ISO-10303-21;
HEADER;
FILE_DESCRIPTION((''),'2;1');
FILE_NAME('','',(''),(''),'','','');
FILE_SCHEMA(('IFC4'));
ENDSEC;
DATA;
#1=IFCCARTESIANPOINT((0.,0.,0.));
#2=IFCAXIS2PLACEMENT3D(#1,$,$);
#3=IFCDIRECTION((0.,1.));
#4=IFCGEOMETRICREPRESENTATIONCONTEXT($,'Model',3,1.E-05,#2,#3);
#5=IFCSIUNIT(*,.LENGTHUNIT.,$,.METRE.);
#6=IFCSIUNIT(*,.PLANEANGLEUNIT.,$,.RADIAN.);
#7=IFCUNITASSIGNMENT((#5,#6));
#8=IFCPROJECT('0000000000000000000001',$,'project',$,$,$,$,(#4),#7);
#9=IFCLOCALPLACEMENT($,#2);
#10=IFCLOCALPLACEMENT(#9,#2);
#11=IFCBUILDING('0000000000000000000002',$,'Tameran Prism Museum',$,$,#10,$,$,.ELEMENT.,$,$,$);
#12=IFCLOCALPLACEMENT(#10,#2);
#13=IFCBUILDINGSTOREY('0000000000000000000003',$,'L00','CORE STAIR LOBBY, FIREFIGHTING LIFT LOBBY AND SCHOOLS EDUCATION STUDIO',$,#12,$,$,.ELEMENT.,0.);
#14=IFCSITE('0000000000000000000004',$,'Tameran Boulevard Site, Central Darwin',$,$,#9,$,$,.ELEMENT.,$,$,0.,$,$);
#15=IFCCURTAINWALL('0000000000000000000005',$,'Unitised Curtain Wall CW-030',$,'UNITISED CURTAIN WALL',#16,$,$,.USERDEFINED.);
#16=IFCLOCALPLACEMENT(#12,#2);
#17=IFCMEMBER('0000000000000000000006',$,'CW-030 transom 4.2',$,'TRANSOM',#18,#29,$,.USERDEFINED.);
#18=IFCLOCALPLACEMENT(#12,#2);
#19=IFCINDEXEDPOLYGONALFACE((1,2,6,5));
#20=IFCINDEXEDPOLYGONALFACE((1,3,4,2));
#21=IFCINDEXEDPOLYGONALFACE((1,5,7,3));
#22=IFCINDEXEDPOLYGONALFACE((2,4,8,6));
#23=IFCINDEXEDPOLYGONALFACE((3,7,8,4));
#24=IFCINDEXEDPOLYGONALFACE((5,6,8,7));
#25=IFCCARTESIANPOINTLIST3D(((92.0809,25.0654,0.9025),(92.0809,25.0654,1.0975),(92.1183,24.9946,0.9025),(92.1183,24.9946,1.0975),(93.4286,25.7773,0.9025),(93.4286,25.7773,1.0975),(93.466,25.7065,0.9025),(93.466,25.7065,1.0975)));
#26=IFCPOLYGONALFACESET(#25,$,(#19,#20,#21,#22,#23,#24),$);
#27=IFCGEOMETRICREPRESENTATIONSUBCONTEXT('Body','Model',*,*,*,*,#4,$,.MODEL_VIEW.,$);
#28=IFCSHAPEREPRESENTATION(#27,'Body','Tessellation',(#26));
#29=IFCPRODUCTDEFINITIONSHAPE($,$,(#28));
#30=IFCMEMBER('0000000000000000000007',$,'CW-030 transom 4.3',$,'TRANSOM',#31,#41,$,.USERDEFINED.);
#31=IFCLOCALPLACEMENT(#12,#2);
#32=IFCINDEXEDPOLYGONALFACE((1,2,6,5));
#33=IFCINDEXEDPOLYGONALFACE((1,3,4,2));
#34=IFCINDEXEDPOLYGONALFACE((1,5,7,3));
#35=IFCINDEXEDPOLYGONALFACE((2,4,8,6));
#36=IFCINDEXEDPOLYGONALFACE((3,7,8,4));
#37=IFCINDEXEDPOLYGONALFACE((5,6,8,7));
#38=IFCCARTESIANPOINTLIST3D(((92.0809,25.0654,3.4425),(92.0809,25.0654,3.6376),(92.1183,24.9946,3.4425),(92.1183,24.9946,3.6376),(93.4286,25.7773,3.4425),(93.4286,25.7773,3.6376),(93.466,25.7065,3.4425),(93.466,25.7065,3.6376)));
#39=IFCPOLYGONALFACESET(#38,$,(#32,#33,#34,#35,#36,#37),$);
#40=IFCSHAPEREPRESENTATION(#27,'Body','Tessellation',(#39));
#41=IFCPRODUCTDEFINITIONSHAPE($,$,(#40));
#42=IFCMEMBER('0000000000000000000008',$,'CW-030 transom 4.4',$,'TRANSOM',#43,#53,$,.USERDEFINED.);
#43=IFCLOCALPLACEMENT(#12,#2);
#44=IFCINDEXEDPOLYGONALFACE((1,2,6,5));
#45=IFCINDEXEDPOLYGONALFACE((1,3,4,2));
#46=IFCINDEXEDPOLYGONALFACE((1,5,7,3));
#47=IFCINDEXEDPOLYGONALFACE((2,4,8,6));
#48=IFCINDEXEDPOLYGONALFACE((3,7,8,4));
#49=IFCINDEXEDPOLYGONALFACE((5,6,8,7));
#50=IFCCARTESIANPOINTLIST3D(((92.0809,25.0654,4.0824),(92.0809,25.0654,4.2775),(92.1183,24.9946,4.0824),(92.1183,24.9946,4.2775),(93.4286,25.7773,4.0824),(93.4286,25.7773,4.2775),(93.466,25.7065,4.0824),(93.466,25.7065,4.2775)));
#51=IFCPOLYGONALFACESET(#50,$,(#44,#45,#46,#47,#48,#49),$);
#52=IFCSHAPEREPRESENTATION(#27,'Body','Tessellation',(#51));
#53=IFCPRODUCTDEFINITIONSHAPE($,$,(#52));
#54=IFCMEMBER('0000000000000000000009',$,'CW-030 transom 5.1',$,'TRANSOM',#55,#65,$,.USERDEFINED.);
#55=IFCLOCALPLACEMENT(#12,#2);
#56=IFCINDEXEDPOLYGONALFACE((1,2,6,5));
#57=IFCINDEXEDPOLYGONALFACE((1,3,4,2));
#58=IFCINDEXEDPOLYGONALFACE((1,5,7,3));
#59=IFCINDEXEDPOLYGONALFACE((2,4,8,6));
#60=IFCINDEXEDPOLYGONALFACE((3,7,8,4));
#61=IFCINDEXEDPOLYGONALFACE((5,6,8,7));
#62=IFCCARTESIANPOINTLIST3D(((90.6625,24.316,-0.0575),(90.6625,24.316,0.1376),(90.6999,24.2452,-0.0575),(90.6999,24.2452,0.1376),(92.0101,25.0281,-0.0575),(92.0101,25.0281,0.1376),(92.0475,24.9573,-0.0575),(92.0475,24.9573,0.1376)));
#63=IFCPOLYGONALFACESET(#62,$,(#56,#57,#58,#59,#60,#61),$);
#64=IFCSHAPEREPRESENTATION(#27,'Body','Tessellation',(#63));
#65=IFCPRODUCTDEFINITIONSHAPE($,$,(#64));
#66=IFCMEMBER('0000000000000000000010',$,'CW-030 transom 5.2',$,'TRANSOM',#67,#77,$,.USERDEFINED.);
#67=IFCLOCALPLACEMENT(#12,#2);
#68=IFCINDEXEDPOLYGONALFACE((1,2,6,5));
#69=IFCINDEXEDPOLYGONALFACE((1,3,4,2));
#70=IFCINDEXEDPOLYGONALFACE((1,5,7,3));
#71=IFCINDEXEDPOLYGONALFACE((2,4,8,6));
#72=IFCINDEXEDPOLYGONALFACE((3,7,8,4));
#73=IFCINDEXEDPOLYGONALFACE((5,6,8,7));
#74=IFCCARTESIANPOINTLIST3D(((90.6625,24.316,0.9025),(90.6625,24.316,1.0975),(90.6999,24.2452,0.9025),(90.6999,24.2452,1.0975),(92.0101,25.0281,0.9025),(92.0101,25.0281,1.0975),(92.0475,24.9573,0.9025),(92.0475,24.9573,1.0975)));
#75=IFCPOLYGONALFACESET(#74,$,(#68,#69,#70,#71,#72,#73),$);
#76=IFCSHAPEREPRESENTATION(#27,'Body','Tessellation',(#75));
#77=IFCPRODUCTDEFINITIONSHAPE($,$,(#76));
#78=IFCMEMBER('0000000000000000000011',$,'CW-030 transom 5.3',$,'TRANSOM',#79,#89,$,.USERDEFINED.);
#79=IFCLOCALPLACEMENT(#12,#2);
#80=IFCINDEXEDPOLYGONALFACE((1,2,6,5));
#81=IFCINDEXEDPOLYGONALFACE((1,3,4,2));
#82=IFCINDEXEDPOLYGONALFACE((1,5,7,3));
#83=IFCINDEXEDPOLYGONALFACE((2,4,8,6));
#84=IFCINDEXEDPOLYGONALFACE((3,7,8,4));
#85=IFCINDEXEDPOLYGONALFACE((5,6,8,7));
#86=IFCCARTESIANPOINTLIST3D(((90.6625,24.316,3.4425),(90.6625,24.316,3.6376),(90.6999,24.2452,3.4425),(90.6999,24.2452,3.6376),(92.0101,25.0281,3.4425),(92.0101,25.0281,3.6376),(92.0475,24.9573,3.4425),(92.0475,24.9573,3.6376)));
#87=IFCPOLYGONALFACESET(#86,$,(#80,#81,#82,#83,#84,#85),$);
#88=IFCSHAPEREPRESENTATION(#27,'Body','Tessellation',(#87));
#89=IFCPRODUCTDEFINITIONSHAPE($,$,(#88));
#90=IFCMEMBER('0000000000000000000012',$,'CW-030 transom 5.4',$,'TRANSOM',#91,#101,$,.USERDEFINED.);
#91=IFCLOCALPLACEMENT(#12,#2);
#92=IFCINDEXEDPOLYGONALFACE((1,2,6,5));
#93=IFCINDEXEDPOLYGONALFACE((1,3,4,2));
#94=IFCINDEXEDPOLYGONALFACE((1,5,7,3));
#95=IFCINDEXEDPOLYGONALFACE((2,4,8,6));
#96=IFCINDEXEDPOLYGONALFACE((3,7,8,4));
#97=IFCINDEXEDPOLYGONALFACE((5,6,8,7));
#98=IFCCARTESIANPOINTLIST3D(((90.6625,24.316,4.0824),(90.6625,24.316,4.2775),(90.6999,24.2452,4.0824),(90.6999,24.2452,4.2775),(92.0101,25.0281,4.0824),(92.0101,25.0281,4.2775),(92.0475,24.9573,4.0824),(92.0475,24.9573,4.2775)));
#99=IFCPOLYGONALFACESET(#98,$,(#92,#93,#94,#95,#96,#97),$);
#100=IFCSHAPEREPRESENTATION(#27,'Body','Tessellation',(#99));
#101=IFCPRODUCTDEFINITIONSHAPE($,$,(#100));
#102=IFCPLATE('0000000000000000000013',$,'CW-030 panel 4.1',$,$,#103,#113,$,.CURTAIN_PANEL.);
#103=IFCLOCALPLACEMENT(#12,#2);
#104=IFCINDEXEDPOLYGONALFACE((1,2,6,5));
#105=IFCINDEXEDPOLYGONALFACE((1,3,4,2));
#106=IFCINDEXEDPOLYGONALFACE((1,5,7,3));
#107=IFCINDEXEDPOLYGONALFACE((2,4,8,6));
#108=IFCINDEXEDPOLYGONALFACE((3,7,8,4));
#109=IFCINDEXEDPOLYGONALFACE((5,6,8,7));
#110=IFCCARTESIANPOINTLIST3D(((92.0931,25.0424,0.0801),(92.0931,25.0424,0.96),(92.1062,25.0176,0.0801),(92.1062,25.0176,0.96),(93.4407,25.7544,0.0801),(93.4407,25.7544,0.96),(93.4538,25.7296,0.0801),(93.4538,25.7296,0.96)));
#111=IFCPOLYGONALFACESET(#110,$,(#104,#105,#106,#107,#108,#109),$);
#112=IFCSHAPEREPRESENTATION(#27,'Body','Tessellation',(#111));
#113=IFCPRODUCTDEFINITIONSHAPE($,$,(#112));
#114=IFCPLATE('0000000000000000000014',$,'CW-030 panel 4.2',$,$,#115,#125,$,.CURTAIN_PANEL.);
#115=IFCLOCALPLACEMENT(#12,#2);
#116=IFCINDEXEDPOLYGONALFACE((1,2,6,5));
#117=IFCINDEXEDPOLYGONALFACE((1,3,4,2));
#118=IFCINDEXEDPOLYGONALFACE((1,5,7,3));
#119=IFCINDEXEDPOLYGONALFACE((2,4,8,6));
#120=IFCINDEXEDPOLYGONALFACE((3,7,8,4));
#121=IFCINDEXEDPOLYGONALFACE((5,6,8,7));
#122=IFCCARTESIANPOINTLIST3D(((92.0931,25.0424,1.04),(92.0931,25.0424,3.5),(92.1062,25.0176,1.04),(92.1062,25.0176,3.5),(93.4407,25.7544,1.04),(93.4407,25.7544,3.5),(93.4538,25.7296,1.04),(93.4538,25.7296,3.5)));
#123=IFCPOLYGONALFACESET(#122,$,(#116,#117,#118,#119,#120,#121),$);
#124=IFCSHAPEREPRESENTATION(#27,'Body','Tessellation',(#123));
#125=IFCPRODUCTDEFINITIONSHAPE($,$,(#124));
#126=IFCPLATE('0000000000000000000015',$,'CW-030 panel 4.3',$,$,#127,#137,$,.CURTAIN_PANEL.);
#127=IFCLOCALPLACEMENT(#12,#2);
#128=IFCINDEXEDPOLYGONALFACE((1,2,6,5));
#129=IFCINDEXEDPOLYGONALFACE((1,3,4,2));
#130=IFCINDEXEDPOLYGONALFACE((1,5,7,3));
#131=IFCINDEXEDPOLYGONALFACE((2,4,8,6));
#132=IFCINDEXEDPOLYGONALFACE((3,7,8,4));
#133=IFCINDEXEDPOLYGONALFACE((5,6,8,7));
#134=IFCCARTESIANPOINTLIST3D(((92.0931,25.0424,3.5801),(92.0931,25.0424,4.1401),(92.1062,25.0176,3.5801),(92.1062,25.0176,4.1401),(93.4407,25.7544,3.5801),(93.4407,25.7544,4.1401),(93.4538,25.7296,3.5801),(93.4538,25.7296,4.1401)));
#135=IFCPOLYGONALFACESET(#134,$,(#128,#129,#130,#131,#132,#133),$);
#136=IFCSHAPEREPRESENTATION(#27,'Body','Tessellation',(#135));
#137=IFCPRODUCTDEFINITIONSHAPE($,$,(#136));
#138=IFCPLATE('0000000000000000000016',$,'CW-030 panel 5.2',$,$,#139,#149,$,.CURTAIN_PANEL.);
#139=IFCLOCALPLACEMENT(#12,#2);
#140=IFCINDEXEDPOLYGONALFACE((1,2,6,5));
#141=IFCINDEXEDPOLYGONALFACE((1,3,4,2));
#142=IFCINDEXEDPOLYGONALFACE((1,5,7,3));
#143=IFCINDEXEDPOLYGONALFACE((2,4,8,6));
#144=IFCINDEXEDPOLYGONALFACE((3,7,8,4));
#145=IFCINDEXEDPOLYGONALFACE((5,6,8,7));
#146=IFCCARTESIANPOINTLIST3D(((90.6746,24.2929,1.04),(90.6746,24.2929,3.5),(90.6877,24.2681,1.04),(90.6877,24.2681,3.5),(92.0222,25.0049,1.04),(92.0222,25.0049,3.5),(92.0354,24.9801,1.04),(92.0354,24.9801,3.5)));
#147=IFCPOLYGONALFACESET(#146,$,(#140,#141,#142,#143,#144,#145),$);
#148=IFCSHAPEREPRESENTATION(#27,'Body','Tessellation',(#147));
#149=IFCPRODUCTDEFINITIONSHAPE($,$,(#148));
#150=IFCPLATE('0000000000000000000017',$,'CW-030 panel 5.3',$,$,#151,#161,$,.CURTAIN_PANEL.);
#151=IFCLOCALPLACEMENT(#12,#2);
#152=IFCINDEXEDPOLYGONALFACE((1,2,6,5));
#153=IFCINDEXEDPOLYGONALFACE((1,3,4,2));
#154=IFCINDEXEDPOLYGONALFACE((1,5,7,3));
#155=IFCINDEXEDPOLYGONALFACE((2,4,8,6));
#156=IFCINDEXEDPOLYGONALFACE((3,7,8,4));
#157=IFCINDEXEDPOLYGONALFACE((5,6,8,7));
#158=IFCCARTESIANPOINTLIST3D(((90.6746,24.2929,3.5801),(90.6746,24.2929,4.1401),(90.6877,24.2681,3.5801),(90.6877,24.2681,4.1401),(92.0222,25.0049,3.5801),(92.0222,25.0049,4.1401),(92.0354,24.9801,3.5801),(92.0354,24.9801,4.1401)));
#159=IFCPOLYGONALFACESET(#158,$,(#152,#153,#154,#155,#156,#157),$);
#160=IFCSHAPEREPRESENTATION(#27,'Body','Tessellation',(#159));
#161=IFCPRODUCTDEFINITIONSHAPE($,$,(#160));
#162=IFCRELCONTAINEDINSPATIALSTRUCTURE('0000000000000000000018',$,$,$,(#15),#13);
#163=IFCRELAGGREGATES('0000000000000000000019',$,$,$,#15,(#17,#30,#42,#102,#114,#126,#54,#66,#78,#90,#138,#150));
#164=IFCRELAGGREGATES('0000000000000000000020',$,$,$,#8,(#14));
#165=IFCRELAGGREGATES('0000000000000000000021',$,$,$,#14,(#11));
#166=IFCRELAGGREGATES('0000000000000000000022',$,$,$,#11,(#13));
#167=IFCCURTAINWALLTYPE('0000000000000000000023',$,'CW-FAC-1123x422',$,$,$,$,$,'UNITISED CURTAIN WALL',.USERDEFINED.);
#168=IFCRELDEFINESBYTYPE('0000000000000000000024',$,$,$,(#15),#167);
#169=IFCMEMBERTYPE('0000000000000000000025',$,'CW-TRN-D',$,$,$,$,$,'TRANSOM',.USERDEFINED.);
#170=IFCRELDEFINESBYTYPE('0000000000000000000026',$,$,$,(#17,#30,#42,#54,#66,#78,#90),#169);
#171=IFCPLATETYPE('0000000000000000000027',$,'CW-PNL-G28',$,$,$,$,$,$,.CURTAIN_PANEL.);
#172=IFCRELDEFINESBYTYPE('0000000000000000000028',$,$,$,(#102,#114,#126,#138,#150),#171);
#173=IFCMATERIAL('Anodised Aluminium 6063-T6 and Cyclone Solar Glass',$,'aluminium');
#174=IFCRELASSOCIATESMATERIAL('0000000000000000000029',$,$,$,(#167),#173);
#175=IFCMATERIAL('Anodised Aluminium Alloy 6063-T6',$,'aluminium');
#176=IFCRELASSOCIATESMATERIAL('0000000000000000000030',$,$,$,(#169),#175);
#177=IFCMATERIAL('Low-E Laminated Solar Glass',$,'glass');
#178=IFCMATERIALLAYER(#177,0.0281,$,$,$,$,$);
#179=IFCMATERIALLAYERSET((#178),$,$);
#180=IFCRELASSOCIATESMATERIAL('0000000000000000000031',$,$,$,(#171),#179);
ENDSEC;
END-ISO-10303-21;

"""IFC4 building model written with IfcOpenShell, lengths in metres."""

from ifc_helpers import new_model, si_unit, direction, frame, origin, origin_2d, place, context, subcontext, project, spatial, rectangle, extrude, material, layer, layer_set, material_profile, profile_set, type_object, element, aggregate, save


model = new_model("IFC4")

# Units and contexts
model_context = context("Model", 3, precision=1e-05, world=origin(), true_north=direction((0.0, 1.0)))
body_context = subcontext(model_context, "Body", "Model", "MODEL_VIEW")
ifc_project = project(units=[si_unit("LENGTHUNIT", "METRE"), si_unit("PLANEANGLEUNIT", "RADIAN")], contexts=[model_context])

# Site, building, storey
site_placement = place(None, origin())
site = spatial("IfcSite", under=ifc_project, at=site_placement, Name="Tameran Boulevard Site, Central Darwin", CompositionType="ELEMENT", RefElevation=0.0)
building_placement = place(site_placement, origin())
building = spatial("IfcBuilding", under=site, at=building_placement, Name="Tameran Prism Museum", CompositionType="ELEMENT")
storey_placement = place(building_placement, origin())
storey = spatial("IfcBuildingStorey", under=building, at=storey_placement, Name="L00", Description="CORE STAIR LOBBY, FIREFIGHTING LIFT LOBBY AND SCHOOLS EDUCATION STUDIO", CompositionType="ELEMENT", Elevation=0.0)

# Curtain wall, members, plates
ifc_material_1 = material(Name="Anodised Aluminium 6063-T6 and Cyclone Solar Glass", Category="aluminium")
curtain_wall_type = type_object("IfcCurtainWallType", Name="CW-FAC-1123x422", ElementType="UNITISED CURTAIN WALL", PredefinedType="USERDEFINED", material=ifc_material_1)
curtain_wall_placement = place(storey_placement, origin())
curtain_wall = element("IfcCurtainWall", 1, at=curtain_wall_placement, inside=storey, type_object=curtain_wall_type, Name="Unitised Curtain Wall CW-030", ObjectType="UNITISED CURTAIN WALL", PredefinedType="USERDEFINED")
ifc_material_2 = material(Name="Anodised Aluminium Alloy 6063-T6", Category="aluminium")
ifc_material_profile_1 = material_profile(ifc_material_2, rectangle(XDim=0.0801, YDim=0.1951, at=origin_2d()))
ifc_profile_set_1 = profile_set([ifc_material_profile_1])
member_type_1 = type_object("IfcMemberType", Name="CW-TRN-D", ElementType="TRANSOM", PredefinedType="USERDEFINED", material=ifc_profile_set_1)
member_1_placement = place(storey_placement, frame((93.4473, 25.7419, 1.0), z_axis=(-0.884208, -0.467093, 0.0), x_axis=(0.467093, -0.884208, 0.0)))
member_1 = element("IfcMember", 2, at=member_1_placement, type_object=member_type_1, Name="CW-030 transom 4.2", ObjectType="TRANSOM", PredefinedType="USERDEFINED", context=body_context, shape_type="SweptSolid", body=[
    extrude(rectangle(XDim=0.0801, YDim=0.1951, at=origin_2d()), origin(), (0.0, 0.0, 1.0), 1.5242),
])
member_2_placement = place(storey_placement, frame((93.4473, 25.7419, 3.54), z_axis=(-0.884208, -0.467093, 0.0), x_axis=(0.467093, -0.884208, 0.0)))
member_2 = element("IfcMember", 3, at=member_2_placement, type_object=member_type_1, Name="CW-030 transom 4.3", ObjectType="TRANSOM", PredefinedType="USERDEFINED", context=body_context, shape_type="SweptSolid", body=[
    extrude(rectangle(XDim=0.0801, YDim=0.1951, at=origin_2d()), origin(), (0.0, 0.0, 1.0), 1.5242),
])
member_3_placement = place(storey_placement, frame((93.4473, 25.7419, 4.1799), z_axis=(-0.884208, -0.467093, 0.0), x_axis=(0.467093, -0.884208, 0.0)))
member_3 = element("IfcMember", 4, at=member_3_placement, type_object=member_type_1, Name="CW-030 transom 4.4", ObjectType="TRANSOM", PredefinedType="USERDEFINED", context=body_context, shape_type="SweptSolid", body=[
    extrude(rectangle(XDim=0.0801, YDim=0.1951, at=origin_2d()), origin(), (0.0, 0.0, 1.0), 1.5242),
])
member_4_placement = place(storey_placement, frame((92.0288, 24.9927, 0.04), z_axis=(-0.884142, -0.467218, 0.0), x_axis=(0.467218, -0.884142, 0.0)))
member_4 = element("IfcMember", 5, at=member_4_placement, type_object=member_type_1, Name="CW-030 transom 5.1", ObjectType="TRANSOM", PredefinedType="USERDEFINED", context=body_context, shape_type="SweptSolid", body=[
    extrude(rectangle(XDim=0.0801, YDim=0.1951, at=origin_2d()), origin(), (0.0, 0.0, 1.0), 1.5242),
])
member_5_placement = place(storey_placement, frame((92.0288, 24.9927, 1.0), z_axis=(-0.884142, -0.467218, 0.0), x_axis=(0.467218, -0.884142, 0.0)))
member_5 = element("IfcMember", 6, at=member_5_placement, type_object=member_type_1, Name="CW-030 transom 5.2", ObjectType="TRANSOM", PredefinedType="USERDEFINED", context=body_context, shape_type="SweptSolid", body=[
    extrude(rectangle(XDim=0.0801, YDim=0.1951, at=origin_2d()), origin(), (0.0, 0.0, 1.0), 1.5242),
])
member_6_placement = place(storey_placement, frame((92.0288, 24.9927, 3.54), z_axis=(-0.884142, -0.467218, 0.0), x_axis=(0.467218, -0.884142, 0.0)))
member_6 = element("IfcMember", 7, at=member_6_placement, type_object=member_type_1, Name="CW-030 transom 5.3", ObjectType="TRANSOM", PredefinedType="USERDEFINED", context=body_context, shape_type="SweptSolid", body=[
    extrude(rectangle(XDim=0.0801, YDim=0.1951, at=origin_2d()), origin(), (0.0, 0.0, 1.0), 1.5242),
])
member_7_placement = place(storey_placement, frame((92.0288, 24.9927, 4.1799), z_axis=(-0.884142, -0.467218, 0.0), x_axis=(0.467218, -0.884142, 0.0)))
member_7 = element("IfcMember", 8, at=member_7_placement, type_object=member_type_1, Name="CW-030 transom 5.4", ObjectType="TRANSOM", PredefinedType="USERDEFINED", context=body_context, shape_type="SweptSolid", body=[
    extrude(rectangle(XDim=0.0801, YDim=0.1951, at=origin_2d()), origin(), (0.0, 0.0, 1.0), 1.5242),
])
ifc_material_3 = material(Name="Low-E Laminated Solar Glass", Category="glass")
ifc_layer_1 = layer(ifc_material_3, 0.0281)
ifc_layer_set_1 = layer_set([ifc_layer_1])
plate_type = type_object("IfcPlateType", Name="CW-PNL-G28", PredefinedType="CURTAIN_PANEL", material=ifc_layer_set_1)
plate_1_placement = place(storey_placement, frame((92.7734, 25.386, 0.0801), z_axis=(0.0, 0.0, 1.0), x_axis=(-0.884175, -0.467155, 0.0)))
plate_1 = element("IfcPlate", 9, at=plate_1_placement, type_object=plate_type, Name="CW-030 panel 4.1", PredefinedType="CURTAIN_PANEL", context=body_context, shape_type="SweptSolid", body=[
    extrude(rectangle(XDim=1.5242, YDim=0.0281, at=origin_2d()), origin(), (0.0, 0.0, 1.0), 0.8799),
])
plate_2_placement = place(storey_placement, frame((92.7734, 25.386, 1.04), z_axis=(0.0, 0.0, 1.0), x_axis=(-0.884175, -0.467155, 0.0)))
plate_2 = element("IfcPlate", 10, at=plate_2_placement, type_object=plate_type, Name="CW-030 panel 4.2", PredefinedType="CURTAIN_PANEL", context=body_context, shape_type="SweptSolid", body=[
    extrude(rectangle(XDim=1.5242, YDim=0.0281, at=origin_2d()), origin(), (0.0, 0.0, 1.0), 2.46),
])
plate_3_placement = place(storey_placement, frame((92.7734, 25.386, 3.5801), z_axis=(0.0, 0.0, 1.0), x_axis=(-0.884175, -0.467155, 0.0)))
plate_3 = element("IfcPlate", 11, at=plate_3_placement, type_object=plate_type, Name="CW-030 panel 4.3", PredefinedType="CURTAIN_PANEL", context=body_context, shape_type="SweptSolid", body=[
    extrude(rectangle(XDim=1.5242, YDim=0.0281, at=origin_2d()), origin(), (0.0, 0.0, 1.0), 0.5601),
])
plate_4_placement = place(storey_placement, frame((91.355, 24.6365, 1.04), z_axis=(0.0, 0.0, 1.0), x_axis=(-0.884175, -0.467155, 0.0)))
plate_4 = element("IfcPlate", 12, at=plate_4_placement, type_object=plate_type, Name="CW-030 panel 5.2", PredefinedType="CURTAIN_PANEL", context=body_context, shape_type="SweptSolid", body=[
    extrude(rectangle(XDim=1.5242, YDim=0.0281, at=origin_2d()), origin(), (0.0, 0.0, 1.0), 2.46),
])
plate_5_placement = place(storey_placement, frame((91.355, 24.6365, 3.5801), z_axis=(0.0, 0.0, 1.0), x_axis=(-0.884175, -0.467155, 0.0)))
plate_5 = element("IfcPlate", 13, at=plate_5_placement, type_object=plate_type, Name="CW-030 panel 5.3", PredefinedType="CURTAIN_PANEL", context=body_context, shape_type="SweptSolid", body=[
    extrude(rectangle(XDim=1.5242, YDim=0.0281, at=origin_2d()), origin(), (0.0, 0.0, 1.0), 0.5601),
])
aggregate(curtain_wall, [member_1, member_2, member_3, plate_1, plate_2, plate_3, member_4, member_5, member_6, member_7, plate_4, plate_5])

save(model, "model.ifc")
